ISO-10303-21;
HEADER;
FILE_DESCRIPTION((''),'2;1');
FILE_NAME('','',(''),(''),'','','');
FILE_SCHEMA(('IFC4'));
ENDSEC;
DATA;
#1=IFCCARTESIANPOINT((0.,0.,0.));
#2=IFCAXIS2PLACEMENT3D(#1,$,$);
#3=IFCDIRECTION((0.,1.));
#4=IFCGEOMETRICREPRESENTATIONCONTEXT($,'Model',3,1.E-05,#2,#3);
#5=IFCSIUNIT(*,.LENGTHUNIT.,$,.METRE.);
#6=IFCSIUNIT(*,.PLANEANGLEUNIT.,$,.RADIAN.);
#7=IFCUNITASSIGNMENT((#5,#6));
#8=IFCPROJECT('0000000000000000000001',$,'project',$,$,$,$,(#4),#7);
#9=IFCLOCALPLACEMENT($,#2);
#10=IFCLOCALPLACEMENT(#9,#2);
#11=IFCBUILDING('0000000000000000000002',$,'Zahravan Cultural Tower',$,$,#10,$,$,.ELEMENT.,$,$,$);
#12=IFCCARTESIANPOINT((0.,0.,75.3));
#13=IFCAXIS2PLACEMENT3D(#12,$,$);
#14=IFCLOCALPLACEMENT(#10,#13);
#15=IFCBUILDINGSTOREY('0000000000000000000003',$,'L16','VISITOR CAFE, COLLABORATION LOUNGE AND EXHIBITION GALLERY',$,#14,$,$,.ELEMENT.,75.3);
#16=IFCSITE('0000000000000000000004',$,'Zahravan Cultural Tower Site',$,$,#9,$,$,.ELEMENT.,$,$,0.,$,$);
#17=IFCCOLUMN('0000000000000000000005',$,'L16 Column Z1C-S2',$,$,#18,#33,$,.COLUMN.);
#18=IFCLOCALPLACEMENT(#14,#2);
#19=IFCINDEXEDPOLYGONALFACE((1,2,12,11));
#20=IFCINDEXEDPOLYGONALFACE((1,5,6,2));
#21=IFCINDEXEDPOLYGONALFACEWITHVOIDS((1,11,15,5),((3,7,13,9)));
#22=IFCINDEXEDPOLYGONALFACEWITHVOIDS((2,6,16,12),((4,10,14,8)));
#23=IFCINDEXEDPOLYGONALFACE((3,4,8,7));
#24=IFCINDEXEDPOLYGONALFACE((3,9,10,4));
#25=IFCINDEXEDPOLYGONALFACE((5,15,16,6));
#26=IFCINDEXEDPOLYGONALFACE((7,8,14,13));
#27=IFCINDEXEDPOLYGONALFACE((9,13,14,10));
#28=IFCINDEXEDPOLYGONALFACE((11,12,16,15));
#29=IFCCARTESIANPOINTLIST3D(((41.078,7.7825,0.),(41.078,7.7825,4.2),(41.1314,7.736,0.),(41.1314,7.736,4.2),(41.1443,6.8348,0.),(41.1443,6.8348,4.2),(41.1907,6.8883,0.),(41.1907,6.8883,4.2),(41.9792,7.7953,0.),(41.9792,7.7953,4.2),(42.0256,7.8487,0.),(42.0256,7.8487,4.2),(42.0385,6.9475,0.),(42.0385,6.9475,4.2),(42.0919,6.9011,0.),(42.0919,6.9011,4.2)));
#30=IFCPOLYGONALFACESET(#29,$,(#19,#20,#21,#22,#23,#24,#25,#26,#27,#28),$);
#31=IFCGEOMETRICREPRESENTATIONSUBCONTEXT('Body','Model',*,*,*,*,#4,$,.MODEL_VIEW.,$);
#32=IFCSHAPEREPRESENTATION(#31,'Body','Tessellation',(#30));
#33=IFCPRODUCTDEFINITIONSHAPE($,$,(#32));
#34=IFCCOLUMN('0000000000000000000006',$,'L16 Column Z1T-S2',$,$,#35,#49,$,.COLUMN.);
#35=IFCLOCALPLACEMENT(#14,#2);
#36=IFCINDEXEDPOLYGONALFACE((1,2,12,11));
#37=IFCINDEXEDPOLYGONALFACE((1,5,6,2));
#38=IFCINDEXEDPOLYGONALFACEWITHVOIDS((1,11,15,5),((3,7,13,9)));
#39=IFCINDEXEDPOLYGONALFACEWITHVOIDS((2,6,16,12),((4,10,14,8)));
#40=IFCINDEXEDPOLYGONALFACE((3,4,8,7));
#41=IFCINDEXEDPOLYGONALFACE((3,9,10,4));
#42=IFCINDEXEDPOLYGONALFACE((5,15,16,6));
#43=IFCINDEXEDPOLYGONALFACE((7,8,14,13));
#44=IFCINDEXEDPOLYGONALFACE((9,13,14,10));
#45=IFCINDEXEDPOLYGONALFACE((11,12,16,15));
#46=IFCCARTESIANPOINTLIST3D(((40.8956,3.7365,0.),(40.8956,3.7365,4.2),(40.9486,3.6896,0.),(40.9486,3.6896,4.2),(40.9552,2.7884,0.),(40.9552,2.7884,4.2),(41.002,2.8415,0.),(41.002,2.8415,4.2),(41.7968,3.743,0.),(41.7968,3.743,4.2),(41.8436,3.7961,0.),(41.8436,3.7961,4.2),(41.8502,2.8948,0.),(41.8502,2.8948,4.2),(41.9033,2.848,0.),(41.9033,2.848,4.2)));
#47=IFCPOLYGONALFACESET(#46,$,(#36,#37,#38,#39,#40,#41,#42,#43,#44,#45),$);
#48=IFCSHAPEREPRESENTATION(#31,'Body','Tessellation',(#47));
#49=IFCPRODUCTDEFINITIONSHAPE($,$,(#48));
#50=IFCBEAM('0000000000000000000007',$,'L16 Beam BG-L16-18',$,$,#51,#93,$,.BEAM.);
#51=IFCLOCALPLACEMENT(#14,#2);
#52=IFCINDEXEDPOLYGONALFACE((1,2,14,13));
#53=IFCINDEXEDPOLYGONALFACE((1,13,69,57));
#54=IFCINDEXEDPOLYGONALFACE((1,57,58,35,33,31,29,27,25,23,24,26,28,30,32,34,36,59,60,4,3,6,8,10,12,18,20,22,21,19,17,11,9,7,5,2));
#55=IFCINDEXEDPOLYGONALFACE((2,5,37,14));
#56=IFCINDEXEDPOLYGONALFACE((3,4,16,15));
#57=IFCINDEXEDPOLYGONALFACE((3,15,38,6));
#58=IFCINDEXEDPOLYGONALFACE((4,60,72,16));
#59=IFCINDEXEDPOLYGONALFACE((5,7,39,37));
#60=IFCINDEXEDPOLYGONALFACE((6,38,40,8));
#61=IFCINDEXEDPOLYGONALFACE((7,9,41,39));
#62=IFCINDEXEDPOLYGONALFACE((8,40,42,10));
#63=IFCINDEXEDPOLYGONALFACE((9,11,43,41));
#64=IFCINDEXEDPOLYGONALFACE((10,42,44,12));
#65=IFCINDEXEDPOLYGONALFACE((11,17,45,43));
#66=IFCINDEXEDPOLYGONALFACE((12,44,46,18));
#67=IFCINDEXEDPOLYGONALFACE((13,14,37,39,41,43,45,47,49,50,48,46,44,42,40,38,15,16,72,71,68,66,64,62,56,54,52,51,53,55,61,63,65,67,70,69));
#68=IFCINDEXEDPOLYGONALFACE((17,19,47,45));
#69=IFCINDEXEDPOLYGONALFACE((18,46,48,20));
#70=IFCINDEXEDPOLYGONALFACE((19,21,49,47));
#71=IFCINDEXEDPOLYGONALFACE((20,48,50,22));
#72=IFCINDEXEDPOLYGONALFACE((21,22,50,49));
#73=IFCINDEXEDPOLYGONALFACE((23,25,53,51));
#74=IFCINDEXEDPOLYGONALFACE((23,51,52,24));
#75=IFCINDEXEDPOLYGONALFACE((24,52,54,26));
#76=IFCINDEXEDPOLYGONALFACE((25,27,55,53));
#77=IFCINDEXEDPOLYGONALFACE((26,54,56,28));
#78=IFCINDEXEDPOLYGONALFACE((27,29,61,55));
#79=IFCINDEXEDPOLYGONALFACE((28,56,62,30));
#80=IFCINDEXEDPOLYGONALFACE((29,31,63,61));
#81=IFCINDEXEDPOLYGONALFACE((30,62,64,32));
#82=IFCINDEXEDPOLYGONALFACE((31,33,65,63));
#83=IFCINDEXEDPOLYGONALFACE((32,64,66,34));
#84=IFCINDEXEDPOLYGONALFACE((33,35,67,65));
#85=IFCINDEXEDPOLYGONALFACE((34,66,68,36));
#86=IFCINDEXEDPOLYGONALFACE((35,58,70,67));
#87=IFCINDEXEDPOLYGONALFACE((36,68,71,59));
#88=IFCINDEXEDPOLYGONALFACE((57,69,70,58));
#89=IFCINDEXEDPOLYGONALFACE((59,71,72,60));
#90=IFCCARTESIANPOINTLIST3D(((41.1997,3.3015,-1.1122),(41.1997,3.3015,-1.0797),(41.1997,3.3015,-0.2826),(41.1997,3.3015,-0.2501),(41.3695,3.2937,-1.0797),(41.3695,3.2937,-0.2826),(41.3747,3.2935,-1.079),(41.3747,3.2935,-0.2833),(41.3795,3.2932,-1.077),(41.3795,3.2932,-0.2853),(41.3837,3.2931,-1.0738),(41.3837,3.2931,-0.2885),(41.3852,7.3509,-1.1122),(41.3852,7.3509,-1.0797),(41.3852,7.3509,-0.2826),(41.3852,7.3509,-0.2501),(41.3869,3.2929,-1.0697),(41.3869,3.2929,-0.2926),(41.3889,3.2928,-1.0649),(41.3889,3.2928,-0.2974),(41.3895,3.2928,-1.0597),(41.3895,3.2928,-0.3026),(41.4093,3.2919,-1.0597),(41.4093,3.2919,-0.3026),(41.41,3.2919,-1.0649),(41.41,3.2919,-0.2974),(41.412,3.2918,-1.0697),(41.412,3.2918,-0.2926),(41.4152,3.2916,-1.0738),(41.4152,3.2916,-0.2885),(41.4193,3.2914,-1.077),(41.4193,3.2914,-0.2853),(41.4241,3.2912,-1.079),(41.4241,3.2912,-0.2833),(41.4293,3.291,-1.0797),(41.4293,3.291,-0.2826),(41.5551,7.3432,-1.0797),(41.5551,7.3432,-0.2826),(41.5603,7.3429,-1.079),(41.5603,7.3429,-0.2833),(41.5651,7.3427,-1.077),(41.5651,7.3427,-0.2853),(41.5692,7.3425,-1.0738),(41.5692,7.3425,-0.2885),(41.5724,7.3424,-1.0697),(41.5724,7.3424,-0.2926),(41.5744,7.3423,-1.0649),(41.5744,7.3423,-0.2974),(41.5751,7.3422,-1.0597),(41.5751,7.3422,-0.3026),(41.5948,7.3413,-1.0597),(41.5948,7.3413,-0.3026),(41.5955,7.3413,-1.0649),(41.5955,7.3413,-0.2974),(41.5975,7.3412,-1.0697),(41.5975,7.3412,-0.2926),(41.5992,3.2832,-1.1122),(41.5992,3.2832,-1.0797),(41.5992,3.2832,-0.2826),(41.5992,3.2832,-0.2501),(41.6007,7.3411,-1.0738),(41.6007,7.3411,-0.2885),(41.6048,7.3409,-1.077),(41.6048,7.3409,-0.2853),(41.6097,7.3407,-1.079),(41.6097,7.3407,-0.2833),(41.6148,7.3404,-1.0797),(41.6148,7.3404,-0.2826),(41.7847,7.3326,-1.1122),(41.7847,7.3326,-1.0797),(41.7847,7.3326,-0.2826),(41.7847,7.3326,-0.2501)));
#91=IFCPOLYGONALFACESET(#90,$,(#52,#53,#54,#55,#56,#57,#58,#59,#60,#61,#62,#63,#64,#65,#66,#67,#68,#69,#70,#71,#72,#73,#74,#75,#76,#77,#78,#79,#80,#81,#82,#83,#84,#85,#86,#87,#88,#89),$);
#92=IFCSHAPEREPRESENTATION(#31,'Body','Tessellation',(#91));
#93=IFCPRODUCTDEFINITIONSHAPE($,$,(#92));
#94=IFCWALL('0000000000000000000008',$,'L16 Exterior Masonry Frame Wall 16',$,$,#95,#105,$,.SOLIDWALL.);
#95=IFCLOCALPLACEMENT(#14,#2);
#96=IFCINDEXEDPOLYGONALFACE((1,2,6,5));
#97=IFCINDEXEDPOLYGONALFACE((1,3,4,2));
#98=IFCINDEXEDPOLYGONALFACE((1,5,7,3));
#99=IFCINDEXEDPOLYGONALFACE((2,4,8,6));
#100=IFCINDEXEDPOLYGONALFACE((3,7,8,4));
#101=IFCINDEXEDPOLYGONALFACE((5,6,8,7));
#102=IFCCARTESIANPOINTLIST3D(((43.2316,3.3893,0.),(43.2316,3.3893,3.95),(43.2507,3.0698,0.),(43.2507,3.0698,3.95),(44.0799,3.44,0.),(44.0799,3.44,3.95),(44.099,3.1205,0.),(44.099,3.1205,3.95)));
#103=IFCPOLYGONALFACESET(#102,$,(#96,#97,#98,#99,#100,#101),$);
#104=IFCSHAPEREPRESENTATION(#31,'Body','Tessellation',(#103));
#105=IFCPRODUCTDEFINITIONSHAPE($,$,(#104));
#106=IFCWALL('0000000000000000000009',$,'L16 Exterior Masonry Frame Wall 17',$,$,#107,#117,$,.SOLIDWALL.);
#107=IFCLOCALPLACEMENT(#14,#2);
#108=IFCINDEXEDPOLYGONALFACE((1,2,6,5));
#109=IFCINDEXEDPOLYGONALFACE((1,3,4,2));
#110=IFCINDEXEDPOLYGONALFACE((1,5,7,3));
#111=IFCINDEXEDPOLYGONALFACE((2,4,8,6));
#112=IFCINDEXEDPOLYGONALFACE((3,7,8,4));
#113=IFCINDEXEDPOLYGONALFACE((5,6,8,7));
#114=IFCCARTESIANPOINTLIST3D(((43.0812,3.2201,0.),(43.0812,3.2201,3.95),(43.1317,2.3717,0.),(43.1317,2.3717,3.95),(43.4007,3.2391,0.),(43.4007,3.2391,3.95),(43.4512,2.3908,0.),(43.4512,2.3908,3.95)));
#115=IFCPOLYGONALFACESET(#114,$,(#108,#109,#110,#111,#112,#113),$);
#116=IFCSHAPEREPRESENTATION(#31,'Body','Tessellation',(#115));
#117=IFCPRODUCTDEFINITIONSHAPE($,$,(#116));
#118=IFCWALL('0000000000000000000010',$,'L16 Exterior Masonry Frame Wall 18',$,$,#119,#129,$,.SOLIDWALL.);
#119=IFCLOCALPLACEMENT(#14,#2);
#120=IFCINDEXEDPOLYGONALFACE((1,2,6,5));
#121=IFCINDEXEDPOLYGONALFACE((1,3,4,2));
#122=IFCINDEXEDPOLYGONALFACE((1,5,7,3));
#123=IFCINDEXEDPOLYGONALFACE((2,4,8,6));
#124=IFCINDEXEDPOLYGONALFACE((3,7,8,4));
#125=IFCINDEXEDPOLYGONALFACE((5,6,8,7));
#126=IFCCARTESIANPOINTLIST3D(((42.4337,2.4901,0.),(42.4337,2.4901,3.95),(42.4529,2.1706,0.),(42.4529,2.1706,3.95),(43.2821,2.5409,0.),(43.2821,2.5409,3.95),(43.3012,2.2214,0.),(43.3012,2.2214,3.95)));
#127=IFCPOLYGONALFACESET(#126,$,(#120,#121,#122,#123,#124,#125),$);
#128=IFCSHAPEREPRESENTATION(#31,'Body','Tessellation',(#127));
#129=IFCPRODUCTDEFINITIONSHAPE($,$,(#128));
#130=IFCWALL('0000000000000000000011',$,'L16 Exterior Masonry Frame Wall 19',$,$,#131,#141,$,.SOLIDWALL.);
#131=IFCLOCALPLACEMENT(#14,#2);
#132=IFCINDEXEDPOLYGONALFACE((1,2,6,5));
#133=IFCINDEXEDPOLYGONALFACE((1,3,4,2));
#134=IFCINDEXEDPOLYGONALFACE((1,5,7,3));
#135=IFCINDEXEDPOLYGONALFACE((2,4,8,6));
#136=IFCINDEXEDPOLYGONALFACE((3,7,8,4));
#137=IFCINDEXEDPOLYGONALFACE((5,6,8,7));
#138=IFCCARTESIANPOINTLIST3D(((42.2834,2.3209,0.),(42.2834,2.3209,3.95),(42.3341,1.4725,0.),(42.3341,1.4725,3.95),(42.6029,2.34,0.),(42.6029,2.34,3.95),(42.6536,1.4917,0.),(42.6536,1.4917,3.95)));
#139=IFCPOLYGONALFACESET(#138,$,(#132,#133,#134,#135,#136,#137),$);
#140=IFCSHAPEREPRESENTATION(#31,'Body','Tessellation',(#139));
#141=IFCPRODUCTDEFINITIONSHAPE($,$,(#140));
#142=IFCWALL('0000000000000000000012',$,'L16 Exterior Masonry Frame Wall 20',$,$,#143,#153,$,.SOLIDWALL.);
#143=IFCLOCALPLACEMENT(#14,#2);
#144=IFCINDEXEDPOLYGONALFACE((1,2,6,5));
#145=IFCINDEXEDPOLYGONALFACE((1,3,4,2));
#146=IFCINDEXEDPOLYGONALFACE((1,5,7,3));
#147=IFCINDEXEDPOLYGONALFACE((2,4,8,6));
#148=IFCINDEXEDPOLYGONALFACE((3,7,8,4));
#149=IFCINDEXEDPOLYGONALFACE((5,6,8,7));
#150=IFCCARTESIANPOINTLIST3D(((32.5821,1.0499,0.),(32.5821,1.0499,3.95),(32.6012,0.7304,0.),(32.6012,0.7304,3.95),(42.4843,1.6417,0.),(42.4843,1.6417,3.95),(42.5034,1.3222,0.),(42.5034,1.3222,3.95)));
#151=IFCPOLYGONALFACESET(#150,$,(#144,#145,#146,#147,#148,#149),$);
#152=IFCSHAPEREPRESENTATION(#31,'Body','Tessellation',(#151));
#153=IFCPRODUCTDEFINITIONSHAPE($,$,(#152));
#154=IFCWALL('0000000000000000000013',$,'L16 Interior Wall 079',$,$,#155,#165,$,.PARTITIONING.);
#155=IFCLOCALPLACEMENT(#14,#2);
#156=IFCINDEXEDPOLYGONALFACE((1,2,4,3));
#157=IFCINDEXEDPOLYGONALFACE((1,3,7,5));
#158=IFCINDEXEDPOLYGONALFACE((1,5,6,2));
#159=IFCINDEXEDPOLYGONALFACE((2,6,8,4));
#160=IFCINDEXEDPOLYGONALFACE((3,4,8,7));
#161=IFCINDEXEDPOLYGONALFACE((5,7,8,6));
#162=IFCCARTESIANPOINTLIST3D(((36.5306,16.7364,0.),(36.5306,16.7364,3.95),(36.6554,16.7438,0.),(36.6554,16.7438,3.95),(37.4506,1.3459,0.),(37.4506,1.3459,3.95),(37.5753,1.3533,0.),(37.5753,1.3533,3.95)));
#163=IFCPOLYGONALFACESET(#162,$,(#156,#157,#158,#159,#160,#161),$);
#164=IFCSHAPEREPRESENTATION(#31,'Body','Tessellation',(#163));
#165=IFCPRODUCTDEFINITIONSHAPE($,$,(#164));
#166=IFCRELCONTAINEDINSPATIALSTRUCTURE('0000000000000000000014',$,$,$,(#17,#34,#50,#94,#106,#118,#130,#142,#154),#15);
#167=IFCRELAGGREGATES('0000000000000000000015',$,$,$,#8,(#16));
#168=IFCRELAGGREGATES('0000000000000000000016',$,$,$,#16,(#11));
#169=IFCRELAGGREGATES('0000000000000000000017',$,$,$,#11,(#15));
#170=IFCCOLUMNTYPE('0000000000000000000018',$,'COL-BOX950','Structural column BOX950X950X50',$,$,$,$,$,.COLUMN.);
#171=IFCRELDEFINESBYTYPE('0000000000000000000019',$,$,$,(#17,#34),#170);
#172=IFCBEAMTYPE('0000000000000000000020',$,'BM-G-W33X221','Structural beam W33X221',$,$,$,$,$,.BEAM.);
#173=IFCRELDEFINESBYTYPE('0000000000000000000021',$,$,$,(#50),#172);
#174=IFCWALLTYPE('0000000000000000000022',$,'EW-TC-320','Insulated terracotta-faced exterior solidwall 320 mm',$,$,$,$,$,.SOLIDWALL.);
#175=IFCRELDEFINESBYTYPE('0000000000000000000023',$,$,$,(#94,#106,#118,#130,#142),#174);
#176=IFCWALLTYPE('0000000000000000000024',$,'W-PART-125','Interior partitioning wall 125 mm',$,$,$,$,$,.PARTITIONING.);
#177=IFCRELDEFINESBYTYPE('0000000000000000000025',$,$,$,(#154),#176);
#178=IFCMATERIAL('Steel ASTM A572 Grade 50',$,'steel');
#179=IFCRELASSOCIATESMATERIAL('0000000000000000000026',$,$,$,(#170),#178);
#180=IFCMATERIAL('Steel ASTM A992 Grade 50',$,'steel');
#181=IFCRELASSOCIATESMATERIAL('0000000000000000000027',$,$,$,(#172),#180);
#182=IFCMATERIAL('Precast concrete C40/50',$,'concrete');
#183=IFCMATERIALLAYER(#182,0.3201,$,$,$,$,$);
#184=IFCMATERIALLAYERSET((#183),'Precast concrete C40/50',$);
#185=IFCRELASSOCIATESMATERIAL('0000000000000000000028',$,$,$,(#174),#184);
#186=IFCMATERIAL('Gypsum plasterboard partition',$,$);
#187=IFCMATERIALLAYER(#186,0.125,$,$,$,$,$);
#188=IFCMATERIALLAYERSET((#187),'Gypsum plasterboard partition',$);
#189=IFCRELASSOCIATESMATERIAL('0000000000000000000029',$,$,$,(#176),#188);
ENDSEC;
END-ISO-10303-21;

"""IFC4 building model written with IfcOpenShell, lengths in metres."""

from ifc_helpers import new_model, si_unit, direction, frame, frame_2d, origin, origin_2d, place, context, subcontext, project, spatial, rectangle, hollow_rectangle, i_section, extrude, source, transform, mapped, material, layer, layer_set, material_profile, profile_set, type_object, element, save


model = new_model("IFC4")

# Units and contexts
model_context = context("Model", 3, precision=1e-05, world=origin(), true_north=direction((0.0, 1.0)))
body_context = subcontext(model_context, "Body", "Model", "MODEL_VIEW")
ifc_project = project(units=[si_unit("LENGTHUNIT", "METRE"), si_unit("PLANEANGLEUNIT", "RADIAN")], contexts=[model_context])

# Site, building, storey
site_placement = place(None, origin())
site = spatial("IfcSite", under=ifc_project, at=site_placement, Name="Zahravan Cultural Tower Site", CompositionType="ELEMENT", RefElevation=0.0)
building_placement = place(site_placement, origin())
building = spatial("IfcBuilding", under=site, at=building_placement, Name="Zahravan Cultural Tower", CompositionType="ELEMENT")
storey_placement = place(building_placement, frame((0.0, 0.0, 75.3)))
storey = spatial("IfcBuildingStorey", under=building, at=storey_placement, Name="L16", Description="VISITOR CAFE, COLLABORATION LOUNGE AND EXHIBITION GALLERY", CompositionType="ELEMENT", Elevation=75.3)

# Columns
ifc_material_1 = material(Name="Steel ASTM A572 Grade 50", Category="steel")
ifc_material_profile_1 = material_profile(ifc_material_1, hollow_rectangle(XDim=0.95, YDim=0.95, WallThickness=0.05, at=origin_2d()), Name="BOX950X950X50")
ifc_profile_set_1 = profile_set([ifc_material_profile_1], Name="Steel ASTM A572 Grade 50")
column_type = type_object("IfcColumnType", Name="COL-BOX950", Description="Structural column BOX950X950X50", PredefinedType="COLUMN", material=ifc_profile_set_1)
shared_shape_1 = source(origin(), body_context, "Body", "SweptSolid", [
    extrude(hollow_rectangle(XDim=0.95, YDim=0.95, WallThickness=0.05, at=origin_2d()), origin(), (0.0, 0.0, 1.0), 4.2),
])
for number, where, z_axis, x_axis, name in (
    (1, (41.585, 7.3418, 0.0), (0.0, 0.0, 1.0), (-0.069756, 0.997564, 0.0), "L16 Column Z1C-S2"),
    (2, (41.3994, 3.2922, 0.0), (0.0, 0.0, 1.0), (-0.062791, 0.998027, 0.0), "L16 Column Z1T-S2"),
):
    element("IfcColumn", number, at=place(storey_placement, frame(where, z_axis=z_axis, x_axis=x_axis)), inside=storey, type_object=column_type, Name=name, PredefinedType="COLUMN", context=body_context, shape_type="MappedRepresentation", body=[
        mapped(shared_shape_1, transform((0.0, 0.0, 0.0), x_axis=(1.0, 0.0, 0.0), y_axis=(0.0, 1.0, 0.0), z_axis=(0.0, 0.0, 1.0), scale=1.0)),
    ])

# Beam
ifc_material_2 = material(Name="Steel ASTM A992 Grade 50", Category="steel")
ifc_material_profile_2 = material_profile(ifc_material_2, i_section(OverallWidth=0.3999, OverallDepth=0.8621, WebThickness=0.0198, FlangeThickness=0.0325, FilletRadius=0.02, at=origin_2d()), Name="W33X221")
ifc_profile_set_2 = profile_set([ifc_material_profile_2], Name="Steel ASTM A992 Grade 50")
beam_type = type_object("IfcBeamType", Name="BM-G-W33X221", Description="Structural beam W33X221", PredefinedType="BEAM", material=ifc_profile_set_2)
shared_shape_2 = source(origin(), body_context, "Body", "SweptSolid", [
    extrude(i_section(OverallWidth=0.3999, OverallDepth=0.8621, WebThickness=0.0198, FlangeThickness=0.0325, FilletRadius=0.02, at=origin_2d()), origin(), (0.0, 0.0, 1.0), 4.0537),
])
beam_placement = place(storey_placement, frame((41.585, 7.3418, -0.6812), z_axis=(-0.045771, -0.998952, 0.0), x_axis=(0.998952, -0.045771, 0.0)))
element("IfcBeam", 3, at=beam_placement, inside=storey, type_object=beam_type, Name="L16 Beam BG-L16-18", PredefinedType="BEAM", context=body_context, shape_type="MappedRepresentation", body=[
    mapped(shared_shape_2, transform((0.0, 0.0, 0.0), x_axis=(1.0, 0.0, 0.0), y_axis=(0.0, 1.0, 0.0), z_axis=(0.0, 0.0, 1.0), scale=1.0)),
])

# Walls
ifc_material_3 = material(Name="Precast concrete C40/50", Category="concrete")
ifc_layer_1 = layer(ifc_material_3, 0.3201)
ifc_layer_set_1 = layer_set([ifc_layer_1], Name="Precast concrete C40/50")
wall_type_1 = type_object("IfcWallType", Name="EW-TC-320", Description="Insulated terracotta-faced exterior solidwall 320 mm", PredefinedType="SOLIDWALL", material=ifc_layer_set_1)
shared_shape_3 = source(origin(), body_context, "Body", "SweptSolid", [
    extrude(rectangle(XDim=0.8499, YDim=0.3201, at=frame_2d((0.4248, 0.0))), origin(), (0.0, 0.0, 1.0), 3.95),
])
for number, where, z_axis, x_axis, name in (
    (4, (44.0894, 3.2803, 0.0), (0.0, 0.0, 1.0), (-0.998213, -0.059749, 0.0), "L16 Exterior Masonry Frame Wall 16"),
    (5, (43.241, 3.2295, 0.0), (0.0, 0.0, 1.0), (0.059463, -0.998231, 0.0), "L16 Exterior Masonry Frame Wall 17"),
    (6, (43.2915, 2.3811, 0.0), (0.0, 0.0, 1.0), (-0.998213, -0.059749, 0.0), "L16 Exterior Masonry Frame Wall 18"),
    (7, (42.4431, 2.3303, 0.0), (0.0, 0.0, 1.0), (0.059749, -0.998213, 0.0), "L16 Exterior Masonry Frame Wall 19"),
):
    element("IfcWall", number, at=place(storey_placement, frame(where, z_axis=z_axis, x_axis=x_axis)), inside=storey, type_object=wall_type_1, Name=name, PredefinedType="SOLIDWALL", context=body_context, shape_type="MappedRepresentation", body=[
        mapped(shared_shape_3, transform((0.0, 0.0, 0.0), x_axis=(1.0, 0.0, 0.0), y_axis=(0.0, 1.0, 0.0), z_axis=(0.0, 0.0, 1.0), scale=1.0)),
    ])
shared_shape_4 = source(origin(), body_context, "Body", "SweptSolid", [
    extrude(rectangle(XDim=9.9199, YDim=0.3201, at=frame_2d((4.96, 0.0))), origin(), (0.0, 0.0, 1.0), 3.95),
])
wall_1_placement = place(storey_placement, frame((42.4939, 1.4819, 0.0), z_axis=(0.0, 0.0, 1.0), x_axis=(-0.998219, -0.059657, 0.0)))
element("IfcWall", 8, at=wall_1_placement, inside=storey, type_object=wall_type_1, Name="L16 Exterior Masonry Frame Wall 20", PredefinedType="SOLIDWALL", context=body_context, shape_type="MappedRepresentation", body=[
    mapped(shared_shape_4, transform((0.0, 0.0, 0.0), x_axis=(1.0, 0.0, 0.0), y_axis=(0.0, 1.0, 0.0), z_axis=(0.0, 0.0, 1.0), scale=1.0)),
])
ifc_material_4 = material(Name="Gypsum plasterboard partition")
ifc_layer_2 = layer(ifc_material_4, 0.125)
ifc_layer_set_2 = layer_set([ifc_layer_2], Name="Gypsum plasterboard partition")
wall_type_2 = type_object("IfcWallType", Name="W-PART-125", Description="Interior partitioning wall 125 mm", PredefinedType="PARTITIONING", material=ifc_layer_set_2)
shared_shape_5 = source(origin(), body_context, "Body", "SweptSolid", [
    extrude(rectangle(XDim=15.418, YDim=0.125, at=frame_2d((7.709, 0.0))), origin(), (0.0, 0.0, 1.0), 3.95),
])
wall_2_placement = place(storey_placement, frame((37.5129, 1.3496, 0.0), z_axis=(0.0, 0.0, 1.0), x_axis=(-0.059666, 0.998218, 0.0)))
element("IfcWall", 9, at=wall_2_placement, inside=storey, type_object=wall_type_2, Name="L16 Interior Wall 079", PredefinedType="PARTITIONING", context=body_context, shape_type="MappedRepresentation", body=[
    mapped(shared_shape_5, transform((0.0, 0.0, 0.0), x_axis=(1.0, 0.0, 0.0), y_axis=(0.0, 1.0, 0.0), z_axis=(0.0, 0.0, 1.0), scale=1.0)),
])

save(model, "model.ifc")
